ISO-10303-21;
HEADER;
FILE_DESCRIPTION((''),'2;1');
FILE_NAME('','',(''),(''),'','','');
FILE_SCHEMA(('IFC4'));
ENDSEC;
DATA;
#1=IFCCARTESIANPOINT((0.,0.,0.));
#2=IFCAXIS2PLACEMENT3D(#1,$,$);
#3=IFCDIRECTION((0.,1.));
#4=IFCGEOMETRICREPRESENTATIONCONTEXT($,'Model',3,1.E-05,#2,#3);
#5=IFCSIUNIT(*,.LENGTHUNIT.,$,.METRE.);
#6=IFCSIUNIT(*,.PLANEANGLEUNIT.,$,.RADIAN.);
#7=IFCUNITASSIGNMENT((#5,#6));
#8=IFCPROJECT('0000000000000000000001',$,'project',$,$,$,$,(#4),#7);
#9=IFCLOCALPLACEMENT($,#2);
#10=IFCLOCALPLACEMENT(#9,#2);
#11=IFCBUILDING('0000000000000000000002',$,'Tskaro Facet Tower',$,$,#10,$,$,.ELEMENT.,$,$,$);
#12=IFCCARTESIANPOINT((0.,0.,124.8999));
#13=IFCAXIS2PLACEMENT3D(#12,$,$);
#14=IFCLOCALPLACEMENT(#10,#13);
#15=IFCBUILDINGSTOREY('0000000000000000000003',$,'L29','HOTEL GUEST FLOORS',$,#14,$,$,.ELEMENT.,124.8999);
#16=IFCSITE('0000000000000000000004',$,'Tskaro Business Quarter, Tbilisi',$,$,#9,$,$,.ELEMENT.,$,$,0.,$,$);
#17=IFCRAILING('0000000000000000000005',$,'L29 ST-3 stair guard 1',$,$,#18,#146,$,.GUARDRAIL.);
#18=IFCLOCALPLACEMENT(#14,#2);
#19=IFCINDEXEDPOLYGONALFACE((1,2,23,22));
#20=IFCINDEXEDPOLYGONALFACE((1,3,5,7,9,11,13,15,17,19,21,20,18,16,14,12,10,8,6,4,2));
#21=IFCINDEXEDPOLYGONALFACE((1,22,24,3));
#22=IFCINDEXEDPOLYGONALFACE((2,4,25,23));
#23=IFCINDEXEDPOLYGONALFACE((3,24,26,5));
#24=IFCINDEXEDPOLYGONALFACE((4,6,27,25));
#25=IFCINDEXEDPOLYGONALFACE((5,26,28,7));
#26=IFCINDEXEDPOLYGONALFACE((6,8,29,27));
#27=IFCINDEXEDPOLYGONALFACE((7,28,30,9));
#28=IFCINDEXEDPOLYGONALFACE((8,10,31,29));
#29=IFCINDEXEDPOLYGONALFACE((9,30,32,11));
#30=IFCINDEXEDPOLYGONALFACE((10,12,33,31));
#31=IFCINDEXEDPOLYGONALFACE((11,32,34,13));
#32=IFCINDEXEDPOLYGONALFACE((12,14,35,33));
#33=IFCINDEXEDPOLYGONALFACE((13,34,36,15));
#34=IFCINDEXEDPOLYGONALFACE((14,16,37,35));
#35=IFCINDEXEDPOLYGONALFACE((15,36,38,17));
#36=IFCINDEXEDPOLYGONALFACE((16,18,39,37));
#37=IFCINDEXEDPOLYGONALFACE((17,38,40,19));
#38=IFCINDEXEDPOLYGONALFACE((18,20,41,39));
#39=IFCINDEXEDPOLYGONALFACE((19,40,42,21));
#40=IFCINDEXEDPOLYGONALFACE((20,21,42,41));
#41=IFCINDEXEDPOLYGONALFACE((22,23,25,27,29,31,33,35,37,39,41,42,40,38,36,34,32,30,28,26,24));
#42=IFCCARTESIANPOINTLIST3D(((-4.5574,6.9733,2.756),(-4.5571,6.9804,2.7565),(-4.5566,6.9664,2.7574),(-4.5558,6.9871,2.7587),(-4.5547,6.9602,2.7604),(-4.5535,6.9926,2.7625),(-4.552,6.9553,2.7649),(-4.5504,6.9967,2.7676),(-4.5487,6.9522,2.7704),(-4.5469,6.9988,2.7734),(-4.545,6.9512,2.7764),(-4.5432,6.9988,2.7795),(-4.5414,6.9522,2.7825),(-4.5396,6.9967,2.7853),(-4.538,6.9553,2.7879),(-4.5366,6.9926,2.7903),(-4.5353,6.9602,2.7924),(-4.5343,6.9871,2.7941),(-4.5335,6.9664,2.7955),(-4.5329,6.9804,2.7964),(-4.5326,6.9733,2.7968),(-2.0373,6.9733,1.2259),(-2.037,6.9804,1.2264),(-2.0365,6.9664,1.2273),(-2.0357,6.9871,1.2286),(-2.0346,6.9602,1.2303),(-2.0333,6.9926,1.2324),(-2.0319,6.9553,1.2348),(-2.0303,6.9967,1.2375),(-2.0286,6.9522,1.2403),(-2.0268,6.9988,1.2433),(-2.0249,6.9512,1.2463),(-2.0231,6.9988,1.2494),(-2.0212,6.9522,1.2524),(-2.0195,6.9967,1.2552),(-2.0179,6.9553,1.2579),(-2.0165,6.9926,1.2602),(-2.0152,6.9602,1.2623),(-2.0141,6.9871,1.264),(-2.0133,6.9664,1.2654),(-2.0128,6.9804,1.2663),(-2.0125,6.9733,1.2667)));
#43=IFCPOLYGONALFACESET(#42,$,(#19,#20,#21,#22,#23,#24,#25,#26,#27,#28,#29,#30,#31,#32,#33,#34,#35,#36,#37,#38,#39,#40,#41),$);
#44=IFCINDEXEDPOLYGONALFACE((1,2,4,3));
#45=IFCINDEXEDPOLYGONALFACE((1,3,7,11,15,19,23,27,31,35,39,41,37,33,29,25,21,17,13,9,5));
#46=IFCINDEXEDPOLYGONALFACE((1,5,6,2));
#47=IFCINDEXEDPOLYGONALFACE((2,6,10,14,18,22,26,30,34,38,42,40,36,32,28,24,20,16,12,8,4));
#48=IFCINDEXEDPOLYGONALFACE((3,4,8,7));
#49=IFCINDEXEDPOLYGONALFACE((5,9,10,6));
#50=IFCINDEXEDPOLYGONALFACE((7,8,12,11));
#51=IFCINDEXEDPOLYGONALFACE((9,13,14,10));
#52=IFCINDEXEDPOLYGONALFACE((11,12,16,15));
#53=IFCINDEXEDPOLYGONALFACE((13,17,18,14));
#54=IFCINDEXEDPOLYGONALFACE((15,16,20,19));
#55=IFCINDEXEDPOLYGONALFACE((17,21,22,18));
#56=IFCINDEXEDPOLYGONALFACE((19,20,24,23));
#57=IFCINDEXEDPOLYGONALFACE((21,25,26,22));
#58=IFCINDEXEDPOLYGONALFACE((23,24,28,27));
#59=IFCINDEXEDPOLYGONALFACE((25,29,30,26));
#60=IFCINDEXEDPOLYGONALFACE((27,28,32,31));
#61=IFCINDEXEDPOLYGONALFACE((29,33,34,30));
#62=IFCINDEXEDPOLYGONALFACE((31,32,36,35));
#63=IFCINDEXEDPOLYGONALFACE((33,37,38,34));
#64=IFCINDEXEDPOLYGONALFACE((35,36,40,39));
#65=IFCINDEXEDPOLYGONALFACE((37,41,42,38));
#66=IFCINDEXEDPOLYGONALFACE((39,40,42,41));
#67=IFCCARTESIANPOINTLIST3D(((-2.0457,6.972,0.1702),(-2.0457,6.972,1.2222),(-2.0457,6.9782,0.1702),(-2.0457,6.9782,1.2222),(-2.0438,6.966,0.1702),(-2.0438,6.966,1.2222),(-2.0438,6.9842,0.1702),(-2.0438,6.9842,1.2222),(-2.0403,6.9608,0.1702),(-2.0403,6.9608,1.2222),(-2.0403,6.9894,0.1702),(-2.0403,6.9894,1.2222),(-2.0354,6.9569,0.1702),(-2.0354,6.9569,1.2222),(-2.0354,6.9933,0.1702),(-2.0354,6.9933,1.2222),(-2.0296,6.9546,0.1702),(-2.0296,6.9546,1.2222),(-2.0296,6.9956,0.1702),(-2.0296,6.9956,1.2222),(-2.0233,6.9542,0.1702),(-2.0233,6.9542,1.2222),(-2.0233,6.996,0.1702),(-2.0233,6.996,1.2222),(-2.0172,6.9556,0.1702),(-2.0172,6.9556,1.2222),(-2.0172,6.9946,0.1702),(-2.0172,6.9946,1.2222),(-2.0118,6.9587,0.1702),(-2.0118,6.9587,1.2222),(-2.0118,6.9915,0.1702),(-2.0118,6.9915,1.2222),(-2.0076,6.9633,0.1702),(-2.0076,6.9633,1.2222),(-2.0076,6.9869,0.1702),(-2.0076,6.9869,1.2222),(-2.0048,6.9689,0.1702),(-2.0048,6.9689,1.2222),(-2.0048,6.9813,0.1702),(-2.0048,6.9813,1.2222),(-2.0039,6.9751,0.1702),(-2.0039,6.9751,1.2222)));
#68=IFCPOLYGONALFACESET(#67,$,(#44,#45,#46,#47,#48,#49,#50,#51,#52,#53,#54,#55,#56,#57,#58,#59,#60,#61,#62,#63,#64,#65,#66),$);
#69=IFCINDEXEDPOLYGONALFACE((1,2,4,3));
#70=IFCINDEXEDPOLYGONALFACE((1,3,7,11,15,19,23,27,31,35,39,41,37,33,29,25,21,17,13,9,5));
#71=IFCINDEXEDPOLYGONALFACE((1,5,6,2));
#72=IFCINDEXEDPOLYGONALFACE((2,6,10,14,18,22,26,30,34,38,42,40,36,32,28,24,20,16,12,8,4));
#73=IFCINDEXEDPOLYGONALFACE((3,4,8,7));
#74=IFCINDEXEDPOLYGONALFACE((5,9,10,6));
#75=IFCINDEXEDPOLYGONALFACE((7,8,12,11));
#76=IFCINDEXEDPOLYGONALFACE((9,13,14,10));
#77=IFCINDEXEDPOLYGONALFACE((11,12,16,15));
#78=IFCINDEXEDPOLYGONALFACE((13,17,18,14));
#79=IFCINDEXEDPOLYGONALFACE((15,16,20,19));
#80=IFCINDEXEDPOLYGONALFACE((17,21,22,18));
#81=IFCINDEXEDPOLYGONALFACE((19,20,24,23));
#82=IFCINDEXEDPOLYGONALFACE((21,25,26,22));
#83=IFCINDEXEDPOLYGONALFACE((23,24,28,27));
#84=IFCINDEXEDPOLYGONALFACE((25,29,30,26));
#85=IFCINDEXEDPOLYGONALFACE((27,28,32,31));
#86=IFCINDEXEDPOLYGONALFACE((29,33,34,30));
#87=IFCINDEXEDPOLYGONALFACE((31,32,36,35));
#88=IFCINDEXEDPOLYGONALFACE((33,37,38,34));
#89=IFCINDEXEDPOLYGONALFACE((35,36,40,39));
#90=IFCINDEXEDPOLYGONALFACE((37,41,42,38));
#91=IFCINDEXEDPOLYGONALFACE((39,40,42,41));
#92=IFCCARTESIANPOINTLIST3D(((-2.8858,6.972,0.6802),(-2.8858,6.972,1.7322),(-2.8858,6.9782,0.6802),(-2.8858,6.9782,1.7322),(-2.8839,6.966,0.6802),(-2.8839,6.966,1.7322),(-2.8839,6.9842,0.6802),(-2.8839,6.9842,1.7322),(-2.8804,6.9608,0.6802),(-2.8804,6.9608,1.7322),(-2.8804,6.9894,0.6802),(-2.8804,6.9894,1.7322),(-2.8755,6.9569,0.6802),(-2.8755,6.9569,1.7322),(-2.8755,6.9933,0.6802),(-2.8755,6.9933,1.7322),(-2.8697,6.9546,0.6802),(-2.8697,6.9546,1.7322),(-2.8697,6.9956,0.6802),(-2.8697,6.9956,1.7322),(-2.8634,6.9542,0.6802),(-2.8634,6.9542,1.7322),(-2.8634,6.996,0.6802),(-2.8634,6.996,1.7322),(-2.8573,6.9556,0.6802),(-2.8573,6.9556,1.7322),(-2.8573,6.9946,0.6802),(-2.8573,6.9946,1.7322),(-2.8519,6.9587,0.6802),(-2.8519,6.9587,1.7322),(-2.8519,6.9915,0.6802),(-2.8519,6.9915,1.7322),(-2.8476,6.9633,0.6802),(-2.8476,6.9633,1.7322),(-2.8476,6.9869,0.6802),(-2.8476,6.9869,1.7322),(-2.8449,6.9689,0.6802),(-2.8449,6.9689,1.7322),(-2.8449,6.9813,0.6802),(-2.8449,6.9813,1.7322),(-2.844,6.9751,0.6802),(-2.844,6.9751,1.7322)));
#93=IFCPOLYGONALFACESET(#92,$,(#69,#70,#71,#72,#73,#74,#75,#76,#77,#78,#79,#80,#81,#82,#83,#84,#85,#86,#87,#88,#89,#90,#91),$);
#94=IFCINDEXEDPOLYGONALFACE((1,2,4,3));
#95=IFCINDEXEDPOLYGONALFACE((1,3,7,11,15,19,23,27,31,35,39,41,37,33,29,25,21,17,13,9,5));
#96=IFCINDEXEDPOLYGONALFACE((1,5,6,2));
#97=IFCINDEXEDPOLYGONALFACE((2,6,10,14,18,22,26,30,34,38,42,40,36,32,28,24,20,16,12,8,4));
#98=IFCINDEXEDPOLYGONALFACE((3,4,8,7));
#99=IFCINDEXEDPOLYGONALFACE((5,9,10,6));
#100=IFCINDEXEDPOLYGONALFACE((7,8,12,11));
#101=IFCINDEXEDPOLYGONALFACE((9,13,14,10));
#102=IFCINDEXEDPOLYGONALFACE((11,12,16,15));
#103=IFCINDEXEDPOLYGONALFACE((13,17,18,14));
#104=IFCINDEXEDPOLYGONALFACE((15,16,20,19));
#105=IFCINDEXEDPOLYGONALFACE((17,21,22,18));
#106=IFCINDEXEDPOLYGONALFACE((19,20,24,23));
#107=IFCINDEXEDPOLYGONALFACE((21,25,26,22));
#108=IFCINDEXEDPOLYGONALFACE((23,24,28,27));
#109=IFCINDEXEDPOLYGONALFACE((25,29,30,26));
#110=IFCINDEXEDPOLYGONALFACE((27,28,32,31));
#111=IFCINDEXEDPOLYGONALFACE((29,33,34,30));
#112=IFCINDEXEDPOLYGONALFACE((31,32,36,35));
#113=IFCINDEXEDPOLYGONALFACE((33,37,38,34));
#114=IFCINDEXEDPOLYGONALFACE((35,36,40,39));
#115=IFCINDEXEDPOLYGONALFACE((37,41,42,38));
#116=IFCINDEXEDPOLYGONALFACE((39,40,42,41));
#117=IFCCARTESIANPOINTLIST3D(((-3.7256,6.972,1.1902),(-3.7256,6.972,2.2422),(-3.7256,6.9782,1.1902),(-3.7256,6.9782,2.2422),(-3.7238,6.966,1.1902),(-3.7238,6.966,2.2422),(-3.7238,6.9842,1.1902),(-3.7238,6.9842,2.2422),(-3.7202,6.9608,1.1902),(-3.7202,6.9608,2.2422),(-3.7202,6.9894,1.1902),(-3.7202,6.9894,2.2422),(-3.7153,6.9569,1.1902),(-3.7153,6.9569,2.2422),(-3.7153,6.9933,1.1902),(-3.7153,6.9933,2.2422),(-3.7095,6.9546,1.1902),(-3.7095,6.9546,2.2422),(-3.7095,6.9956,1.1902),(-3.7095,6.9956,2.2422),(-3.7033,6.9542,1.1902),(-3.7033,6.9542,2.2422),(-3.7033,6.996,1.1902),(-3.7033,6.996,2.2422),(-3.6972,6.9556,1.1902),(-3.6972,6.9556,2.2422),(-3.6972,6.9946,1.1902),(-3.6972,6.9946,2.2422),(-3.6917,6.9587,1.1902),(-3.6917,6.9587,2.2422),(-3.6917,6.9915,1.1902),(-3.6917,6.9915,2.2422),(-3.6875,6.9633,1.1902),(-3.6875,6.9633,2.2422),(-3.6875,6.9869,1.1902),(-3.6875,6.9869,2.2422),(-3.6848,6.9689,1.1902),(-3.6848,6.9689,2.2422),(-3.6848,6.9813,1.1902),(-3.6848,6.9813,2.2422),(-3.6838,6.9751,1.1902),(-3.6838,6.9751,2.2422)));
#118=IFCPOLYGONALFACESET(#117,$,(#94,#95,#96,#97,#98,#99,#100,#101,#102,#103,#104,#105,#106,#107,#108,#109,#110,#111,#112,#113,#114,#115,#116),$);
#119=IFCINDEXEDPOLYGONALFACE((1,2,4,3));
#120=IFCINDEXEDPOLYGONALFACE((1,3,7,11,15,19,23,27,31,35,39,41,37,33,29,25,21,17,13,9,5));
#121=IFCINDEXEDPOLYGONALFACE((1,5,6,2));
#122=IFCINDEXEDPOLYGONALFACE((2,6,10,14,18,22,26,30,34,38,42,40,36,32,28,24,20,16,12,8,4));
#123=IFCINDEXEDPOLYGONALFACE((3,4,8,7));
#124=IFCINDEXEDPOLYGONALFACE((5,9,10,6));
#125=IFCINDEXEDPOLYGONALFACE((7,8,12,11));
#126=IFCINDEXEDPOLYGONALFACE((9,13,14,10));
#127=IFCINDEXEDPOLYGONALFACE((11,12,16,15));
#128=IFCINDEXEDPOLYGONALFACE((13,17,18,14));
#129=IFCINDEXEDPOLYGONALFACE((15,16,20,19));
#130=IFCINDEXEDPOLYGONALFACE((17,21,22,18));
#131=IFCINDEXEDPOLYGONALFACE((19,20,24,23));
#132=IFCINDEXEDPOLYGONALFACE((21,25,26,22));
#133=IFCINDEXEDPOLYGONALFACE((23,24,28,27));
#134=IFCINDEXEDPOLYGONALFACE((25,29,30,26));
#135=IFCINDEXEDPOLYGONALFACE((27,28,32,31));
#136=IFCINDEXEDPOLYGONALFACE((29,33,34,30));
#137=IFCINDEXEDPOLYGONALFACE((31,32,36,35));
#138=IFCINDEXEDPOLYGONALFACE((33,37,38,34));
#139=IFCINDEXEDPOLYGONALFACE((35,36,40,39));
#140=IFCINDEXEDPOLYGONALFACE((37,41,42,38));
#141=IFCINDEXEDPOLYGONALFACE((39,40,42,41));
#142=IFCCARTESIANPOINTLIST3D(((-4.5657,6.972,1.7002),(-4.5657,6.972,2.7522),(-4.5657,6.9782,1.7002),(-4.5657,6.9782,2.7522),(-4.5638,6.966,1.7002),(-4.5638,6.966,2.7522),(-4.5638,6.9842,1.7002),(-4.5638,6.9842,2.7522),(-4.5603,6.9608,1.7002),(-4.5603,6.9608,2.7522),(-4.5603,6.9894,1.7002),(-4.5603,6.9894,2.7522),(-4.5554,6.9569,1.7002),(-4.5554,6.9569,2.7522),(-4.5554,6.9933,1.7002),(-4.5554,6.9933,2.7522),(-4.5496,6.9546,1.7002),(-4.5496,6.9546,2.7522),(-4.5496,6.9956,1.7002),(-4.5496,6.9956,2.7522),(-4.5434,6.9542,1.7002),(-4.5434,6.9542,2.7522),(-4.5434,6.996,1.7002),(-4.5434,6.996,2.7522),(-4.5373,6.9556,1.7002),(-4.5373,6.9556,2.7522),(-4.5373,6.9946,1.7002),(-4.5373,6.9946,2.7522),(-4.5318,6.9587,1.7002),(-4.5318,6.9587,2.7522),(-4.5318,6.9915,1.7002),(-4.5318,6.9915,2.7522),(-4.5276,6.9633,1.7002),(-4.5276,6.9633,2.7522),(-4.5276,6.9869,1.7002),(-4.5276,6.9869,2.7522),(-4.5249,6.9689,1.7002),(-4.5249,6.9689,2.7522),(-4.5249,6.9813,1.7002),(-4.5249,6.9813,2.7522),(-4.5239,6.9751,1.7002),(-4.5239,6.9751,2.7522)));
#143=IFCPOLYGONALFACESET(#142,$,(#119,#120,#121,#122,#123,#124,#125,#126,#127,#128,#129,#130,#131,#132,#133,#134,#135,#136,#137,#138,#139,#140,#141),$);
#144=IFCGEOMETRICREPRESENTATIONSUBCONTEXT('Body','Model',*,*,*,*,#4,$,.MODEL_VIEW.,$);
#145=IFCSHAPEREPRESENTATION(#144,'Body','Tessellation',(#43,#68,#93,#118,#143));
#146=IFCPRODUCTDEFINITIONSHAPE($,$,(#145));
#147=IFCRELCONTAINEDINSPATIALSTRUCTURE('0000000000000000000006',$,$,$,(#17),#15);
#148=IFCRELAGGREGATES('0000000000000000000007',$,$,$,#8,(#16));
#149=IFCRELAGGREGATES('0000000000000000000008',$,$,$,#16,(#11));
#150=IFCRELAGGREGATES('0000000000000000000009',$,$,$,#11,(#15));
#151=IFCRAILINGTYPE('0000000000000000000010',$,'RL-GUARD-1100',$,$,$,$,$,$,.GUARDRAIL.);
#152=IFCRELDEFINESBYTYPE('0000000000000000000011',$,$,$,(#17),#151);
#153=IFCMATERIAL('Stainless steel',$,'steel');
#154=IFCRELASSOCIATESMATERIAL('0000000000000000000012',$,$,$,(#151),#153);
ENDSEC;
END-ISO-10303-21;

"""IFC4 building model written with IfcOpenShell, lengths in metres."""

from ifc_helpers import new_model, si_unit, direction, frame, origin, origin_2d, place, context, subcontext, project, spatial, circle, extrude, material, type_object, element, save


model = new_model("IFC4")

# Units and contexts
model_context = context("Model", 3, precision=1e-05, world=origin(), true_north=direction((0.0, 1.0)))
body_context = subcontext(model_context, "Body", "Model", "MODEL_VIEW")
ifc_project = project(units=[si_unit("LENGTHUNIT", "METRE"), si_unit("PLANEANGLEUNIT", "RADIAN")], contexts=[model_context])

# Site, building, storey
site_placement = place(None, origin())
site = spatial("IfcSite", under=ifc_project, at=site_placement, Name="Tskaro Business Quarter, Tbilisi", CompositionType="ELEMENT", RefElevation=0.0)
building_placement = place(site_placement, origin())
building = spatial("IfcBuilding", under=site, at=building_placement, Name="Tskaro Facet Tower", CompositionType="ELEMENT")
storey_placement = place(building_placement, frame((0.0, 0.0, 124.8999)))
storey = spatial("IfcBuildingStorey", under=building, at=storey_placement, Name="L29", Description="HOTEL GUEST FLOORS", CompositionType="ELEMENT", Elevation=124.8999)

# Railing
ifc_material_1 = material(Name="Stainless steel", Category="steel")
railing_type_1 = type_object("IfcRailingType", Name="RL-GUARD-1100", PredefinedType="GUARDRAIL", material=ifc_material_1)
railing_1_placement = place(storey_placement, frame((-2.0249, 6.9751, 0.1702)))
element("IfcRailing", 1, at=railing_1_placement, inside=storey, type_object=railing_type_1, Name="L29 ST-3 stair guard 1", PredefinedType="GUARDRAIL", context=body_context, shape_type="SweptSolid", body=[
    extrude(circle(Radius=0.0239, at=origin_2d()), frame((0.0, 0.0, 1.0762), z_axis=(-0.854785, 0.0, 0.518982), x_axis=(0.0, -1.0, 0.0)), (0.0, 0.0, 1.0), 2.9482),
    extrude(circle(Radius=0.021, at=origin_2d()), origin(), (0.0, 0.0, 1.0), 1.052),
    extrude(circle(Radius=0.021, at=origin_2d()), frame((-0.8401, 0.0, 0.51)), (0.0, 0.0, 1.0), 1.052),
    extrude(circle(Radius=0.021, at=origin_2d()), frame((-1.6799, 0.0, 1.02)), (0.0, 0.0, 1.0), 1.052),
    extrude(circle(Radius=0.021, at=origin_2d()), frame((-2.52, 0.0, 1.53)), (0.0, 0.0, 1.0), 1.052),
])

save(model, "model.ifc")
